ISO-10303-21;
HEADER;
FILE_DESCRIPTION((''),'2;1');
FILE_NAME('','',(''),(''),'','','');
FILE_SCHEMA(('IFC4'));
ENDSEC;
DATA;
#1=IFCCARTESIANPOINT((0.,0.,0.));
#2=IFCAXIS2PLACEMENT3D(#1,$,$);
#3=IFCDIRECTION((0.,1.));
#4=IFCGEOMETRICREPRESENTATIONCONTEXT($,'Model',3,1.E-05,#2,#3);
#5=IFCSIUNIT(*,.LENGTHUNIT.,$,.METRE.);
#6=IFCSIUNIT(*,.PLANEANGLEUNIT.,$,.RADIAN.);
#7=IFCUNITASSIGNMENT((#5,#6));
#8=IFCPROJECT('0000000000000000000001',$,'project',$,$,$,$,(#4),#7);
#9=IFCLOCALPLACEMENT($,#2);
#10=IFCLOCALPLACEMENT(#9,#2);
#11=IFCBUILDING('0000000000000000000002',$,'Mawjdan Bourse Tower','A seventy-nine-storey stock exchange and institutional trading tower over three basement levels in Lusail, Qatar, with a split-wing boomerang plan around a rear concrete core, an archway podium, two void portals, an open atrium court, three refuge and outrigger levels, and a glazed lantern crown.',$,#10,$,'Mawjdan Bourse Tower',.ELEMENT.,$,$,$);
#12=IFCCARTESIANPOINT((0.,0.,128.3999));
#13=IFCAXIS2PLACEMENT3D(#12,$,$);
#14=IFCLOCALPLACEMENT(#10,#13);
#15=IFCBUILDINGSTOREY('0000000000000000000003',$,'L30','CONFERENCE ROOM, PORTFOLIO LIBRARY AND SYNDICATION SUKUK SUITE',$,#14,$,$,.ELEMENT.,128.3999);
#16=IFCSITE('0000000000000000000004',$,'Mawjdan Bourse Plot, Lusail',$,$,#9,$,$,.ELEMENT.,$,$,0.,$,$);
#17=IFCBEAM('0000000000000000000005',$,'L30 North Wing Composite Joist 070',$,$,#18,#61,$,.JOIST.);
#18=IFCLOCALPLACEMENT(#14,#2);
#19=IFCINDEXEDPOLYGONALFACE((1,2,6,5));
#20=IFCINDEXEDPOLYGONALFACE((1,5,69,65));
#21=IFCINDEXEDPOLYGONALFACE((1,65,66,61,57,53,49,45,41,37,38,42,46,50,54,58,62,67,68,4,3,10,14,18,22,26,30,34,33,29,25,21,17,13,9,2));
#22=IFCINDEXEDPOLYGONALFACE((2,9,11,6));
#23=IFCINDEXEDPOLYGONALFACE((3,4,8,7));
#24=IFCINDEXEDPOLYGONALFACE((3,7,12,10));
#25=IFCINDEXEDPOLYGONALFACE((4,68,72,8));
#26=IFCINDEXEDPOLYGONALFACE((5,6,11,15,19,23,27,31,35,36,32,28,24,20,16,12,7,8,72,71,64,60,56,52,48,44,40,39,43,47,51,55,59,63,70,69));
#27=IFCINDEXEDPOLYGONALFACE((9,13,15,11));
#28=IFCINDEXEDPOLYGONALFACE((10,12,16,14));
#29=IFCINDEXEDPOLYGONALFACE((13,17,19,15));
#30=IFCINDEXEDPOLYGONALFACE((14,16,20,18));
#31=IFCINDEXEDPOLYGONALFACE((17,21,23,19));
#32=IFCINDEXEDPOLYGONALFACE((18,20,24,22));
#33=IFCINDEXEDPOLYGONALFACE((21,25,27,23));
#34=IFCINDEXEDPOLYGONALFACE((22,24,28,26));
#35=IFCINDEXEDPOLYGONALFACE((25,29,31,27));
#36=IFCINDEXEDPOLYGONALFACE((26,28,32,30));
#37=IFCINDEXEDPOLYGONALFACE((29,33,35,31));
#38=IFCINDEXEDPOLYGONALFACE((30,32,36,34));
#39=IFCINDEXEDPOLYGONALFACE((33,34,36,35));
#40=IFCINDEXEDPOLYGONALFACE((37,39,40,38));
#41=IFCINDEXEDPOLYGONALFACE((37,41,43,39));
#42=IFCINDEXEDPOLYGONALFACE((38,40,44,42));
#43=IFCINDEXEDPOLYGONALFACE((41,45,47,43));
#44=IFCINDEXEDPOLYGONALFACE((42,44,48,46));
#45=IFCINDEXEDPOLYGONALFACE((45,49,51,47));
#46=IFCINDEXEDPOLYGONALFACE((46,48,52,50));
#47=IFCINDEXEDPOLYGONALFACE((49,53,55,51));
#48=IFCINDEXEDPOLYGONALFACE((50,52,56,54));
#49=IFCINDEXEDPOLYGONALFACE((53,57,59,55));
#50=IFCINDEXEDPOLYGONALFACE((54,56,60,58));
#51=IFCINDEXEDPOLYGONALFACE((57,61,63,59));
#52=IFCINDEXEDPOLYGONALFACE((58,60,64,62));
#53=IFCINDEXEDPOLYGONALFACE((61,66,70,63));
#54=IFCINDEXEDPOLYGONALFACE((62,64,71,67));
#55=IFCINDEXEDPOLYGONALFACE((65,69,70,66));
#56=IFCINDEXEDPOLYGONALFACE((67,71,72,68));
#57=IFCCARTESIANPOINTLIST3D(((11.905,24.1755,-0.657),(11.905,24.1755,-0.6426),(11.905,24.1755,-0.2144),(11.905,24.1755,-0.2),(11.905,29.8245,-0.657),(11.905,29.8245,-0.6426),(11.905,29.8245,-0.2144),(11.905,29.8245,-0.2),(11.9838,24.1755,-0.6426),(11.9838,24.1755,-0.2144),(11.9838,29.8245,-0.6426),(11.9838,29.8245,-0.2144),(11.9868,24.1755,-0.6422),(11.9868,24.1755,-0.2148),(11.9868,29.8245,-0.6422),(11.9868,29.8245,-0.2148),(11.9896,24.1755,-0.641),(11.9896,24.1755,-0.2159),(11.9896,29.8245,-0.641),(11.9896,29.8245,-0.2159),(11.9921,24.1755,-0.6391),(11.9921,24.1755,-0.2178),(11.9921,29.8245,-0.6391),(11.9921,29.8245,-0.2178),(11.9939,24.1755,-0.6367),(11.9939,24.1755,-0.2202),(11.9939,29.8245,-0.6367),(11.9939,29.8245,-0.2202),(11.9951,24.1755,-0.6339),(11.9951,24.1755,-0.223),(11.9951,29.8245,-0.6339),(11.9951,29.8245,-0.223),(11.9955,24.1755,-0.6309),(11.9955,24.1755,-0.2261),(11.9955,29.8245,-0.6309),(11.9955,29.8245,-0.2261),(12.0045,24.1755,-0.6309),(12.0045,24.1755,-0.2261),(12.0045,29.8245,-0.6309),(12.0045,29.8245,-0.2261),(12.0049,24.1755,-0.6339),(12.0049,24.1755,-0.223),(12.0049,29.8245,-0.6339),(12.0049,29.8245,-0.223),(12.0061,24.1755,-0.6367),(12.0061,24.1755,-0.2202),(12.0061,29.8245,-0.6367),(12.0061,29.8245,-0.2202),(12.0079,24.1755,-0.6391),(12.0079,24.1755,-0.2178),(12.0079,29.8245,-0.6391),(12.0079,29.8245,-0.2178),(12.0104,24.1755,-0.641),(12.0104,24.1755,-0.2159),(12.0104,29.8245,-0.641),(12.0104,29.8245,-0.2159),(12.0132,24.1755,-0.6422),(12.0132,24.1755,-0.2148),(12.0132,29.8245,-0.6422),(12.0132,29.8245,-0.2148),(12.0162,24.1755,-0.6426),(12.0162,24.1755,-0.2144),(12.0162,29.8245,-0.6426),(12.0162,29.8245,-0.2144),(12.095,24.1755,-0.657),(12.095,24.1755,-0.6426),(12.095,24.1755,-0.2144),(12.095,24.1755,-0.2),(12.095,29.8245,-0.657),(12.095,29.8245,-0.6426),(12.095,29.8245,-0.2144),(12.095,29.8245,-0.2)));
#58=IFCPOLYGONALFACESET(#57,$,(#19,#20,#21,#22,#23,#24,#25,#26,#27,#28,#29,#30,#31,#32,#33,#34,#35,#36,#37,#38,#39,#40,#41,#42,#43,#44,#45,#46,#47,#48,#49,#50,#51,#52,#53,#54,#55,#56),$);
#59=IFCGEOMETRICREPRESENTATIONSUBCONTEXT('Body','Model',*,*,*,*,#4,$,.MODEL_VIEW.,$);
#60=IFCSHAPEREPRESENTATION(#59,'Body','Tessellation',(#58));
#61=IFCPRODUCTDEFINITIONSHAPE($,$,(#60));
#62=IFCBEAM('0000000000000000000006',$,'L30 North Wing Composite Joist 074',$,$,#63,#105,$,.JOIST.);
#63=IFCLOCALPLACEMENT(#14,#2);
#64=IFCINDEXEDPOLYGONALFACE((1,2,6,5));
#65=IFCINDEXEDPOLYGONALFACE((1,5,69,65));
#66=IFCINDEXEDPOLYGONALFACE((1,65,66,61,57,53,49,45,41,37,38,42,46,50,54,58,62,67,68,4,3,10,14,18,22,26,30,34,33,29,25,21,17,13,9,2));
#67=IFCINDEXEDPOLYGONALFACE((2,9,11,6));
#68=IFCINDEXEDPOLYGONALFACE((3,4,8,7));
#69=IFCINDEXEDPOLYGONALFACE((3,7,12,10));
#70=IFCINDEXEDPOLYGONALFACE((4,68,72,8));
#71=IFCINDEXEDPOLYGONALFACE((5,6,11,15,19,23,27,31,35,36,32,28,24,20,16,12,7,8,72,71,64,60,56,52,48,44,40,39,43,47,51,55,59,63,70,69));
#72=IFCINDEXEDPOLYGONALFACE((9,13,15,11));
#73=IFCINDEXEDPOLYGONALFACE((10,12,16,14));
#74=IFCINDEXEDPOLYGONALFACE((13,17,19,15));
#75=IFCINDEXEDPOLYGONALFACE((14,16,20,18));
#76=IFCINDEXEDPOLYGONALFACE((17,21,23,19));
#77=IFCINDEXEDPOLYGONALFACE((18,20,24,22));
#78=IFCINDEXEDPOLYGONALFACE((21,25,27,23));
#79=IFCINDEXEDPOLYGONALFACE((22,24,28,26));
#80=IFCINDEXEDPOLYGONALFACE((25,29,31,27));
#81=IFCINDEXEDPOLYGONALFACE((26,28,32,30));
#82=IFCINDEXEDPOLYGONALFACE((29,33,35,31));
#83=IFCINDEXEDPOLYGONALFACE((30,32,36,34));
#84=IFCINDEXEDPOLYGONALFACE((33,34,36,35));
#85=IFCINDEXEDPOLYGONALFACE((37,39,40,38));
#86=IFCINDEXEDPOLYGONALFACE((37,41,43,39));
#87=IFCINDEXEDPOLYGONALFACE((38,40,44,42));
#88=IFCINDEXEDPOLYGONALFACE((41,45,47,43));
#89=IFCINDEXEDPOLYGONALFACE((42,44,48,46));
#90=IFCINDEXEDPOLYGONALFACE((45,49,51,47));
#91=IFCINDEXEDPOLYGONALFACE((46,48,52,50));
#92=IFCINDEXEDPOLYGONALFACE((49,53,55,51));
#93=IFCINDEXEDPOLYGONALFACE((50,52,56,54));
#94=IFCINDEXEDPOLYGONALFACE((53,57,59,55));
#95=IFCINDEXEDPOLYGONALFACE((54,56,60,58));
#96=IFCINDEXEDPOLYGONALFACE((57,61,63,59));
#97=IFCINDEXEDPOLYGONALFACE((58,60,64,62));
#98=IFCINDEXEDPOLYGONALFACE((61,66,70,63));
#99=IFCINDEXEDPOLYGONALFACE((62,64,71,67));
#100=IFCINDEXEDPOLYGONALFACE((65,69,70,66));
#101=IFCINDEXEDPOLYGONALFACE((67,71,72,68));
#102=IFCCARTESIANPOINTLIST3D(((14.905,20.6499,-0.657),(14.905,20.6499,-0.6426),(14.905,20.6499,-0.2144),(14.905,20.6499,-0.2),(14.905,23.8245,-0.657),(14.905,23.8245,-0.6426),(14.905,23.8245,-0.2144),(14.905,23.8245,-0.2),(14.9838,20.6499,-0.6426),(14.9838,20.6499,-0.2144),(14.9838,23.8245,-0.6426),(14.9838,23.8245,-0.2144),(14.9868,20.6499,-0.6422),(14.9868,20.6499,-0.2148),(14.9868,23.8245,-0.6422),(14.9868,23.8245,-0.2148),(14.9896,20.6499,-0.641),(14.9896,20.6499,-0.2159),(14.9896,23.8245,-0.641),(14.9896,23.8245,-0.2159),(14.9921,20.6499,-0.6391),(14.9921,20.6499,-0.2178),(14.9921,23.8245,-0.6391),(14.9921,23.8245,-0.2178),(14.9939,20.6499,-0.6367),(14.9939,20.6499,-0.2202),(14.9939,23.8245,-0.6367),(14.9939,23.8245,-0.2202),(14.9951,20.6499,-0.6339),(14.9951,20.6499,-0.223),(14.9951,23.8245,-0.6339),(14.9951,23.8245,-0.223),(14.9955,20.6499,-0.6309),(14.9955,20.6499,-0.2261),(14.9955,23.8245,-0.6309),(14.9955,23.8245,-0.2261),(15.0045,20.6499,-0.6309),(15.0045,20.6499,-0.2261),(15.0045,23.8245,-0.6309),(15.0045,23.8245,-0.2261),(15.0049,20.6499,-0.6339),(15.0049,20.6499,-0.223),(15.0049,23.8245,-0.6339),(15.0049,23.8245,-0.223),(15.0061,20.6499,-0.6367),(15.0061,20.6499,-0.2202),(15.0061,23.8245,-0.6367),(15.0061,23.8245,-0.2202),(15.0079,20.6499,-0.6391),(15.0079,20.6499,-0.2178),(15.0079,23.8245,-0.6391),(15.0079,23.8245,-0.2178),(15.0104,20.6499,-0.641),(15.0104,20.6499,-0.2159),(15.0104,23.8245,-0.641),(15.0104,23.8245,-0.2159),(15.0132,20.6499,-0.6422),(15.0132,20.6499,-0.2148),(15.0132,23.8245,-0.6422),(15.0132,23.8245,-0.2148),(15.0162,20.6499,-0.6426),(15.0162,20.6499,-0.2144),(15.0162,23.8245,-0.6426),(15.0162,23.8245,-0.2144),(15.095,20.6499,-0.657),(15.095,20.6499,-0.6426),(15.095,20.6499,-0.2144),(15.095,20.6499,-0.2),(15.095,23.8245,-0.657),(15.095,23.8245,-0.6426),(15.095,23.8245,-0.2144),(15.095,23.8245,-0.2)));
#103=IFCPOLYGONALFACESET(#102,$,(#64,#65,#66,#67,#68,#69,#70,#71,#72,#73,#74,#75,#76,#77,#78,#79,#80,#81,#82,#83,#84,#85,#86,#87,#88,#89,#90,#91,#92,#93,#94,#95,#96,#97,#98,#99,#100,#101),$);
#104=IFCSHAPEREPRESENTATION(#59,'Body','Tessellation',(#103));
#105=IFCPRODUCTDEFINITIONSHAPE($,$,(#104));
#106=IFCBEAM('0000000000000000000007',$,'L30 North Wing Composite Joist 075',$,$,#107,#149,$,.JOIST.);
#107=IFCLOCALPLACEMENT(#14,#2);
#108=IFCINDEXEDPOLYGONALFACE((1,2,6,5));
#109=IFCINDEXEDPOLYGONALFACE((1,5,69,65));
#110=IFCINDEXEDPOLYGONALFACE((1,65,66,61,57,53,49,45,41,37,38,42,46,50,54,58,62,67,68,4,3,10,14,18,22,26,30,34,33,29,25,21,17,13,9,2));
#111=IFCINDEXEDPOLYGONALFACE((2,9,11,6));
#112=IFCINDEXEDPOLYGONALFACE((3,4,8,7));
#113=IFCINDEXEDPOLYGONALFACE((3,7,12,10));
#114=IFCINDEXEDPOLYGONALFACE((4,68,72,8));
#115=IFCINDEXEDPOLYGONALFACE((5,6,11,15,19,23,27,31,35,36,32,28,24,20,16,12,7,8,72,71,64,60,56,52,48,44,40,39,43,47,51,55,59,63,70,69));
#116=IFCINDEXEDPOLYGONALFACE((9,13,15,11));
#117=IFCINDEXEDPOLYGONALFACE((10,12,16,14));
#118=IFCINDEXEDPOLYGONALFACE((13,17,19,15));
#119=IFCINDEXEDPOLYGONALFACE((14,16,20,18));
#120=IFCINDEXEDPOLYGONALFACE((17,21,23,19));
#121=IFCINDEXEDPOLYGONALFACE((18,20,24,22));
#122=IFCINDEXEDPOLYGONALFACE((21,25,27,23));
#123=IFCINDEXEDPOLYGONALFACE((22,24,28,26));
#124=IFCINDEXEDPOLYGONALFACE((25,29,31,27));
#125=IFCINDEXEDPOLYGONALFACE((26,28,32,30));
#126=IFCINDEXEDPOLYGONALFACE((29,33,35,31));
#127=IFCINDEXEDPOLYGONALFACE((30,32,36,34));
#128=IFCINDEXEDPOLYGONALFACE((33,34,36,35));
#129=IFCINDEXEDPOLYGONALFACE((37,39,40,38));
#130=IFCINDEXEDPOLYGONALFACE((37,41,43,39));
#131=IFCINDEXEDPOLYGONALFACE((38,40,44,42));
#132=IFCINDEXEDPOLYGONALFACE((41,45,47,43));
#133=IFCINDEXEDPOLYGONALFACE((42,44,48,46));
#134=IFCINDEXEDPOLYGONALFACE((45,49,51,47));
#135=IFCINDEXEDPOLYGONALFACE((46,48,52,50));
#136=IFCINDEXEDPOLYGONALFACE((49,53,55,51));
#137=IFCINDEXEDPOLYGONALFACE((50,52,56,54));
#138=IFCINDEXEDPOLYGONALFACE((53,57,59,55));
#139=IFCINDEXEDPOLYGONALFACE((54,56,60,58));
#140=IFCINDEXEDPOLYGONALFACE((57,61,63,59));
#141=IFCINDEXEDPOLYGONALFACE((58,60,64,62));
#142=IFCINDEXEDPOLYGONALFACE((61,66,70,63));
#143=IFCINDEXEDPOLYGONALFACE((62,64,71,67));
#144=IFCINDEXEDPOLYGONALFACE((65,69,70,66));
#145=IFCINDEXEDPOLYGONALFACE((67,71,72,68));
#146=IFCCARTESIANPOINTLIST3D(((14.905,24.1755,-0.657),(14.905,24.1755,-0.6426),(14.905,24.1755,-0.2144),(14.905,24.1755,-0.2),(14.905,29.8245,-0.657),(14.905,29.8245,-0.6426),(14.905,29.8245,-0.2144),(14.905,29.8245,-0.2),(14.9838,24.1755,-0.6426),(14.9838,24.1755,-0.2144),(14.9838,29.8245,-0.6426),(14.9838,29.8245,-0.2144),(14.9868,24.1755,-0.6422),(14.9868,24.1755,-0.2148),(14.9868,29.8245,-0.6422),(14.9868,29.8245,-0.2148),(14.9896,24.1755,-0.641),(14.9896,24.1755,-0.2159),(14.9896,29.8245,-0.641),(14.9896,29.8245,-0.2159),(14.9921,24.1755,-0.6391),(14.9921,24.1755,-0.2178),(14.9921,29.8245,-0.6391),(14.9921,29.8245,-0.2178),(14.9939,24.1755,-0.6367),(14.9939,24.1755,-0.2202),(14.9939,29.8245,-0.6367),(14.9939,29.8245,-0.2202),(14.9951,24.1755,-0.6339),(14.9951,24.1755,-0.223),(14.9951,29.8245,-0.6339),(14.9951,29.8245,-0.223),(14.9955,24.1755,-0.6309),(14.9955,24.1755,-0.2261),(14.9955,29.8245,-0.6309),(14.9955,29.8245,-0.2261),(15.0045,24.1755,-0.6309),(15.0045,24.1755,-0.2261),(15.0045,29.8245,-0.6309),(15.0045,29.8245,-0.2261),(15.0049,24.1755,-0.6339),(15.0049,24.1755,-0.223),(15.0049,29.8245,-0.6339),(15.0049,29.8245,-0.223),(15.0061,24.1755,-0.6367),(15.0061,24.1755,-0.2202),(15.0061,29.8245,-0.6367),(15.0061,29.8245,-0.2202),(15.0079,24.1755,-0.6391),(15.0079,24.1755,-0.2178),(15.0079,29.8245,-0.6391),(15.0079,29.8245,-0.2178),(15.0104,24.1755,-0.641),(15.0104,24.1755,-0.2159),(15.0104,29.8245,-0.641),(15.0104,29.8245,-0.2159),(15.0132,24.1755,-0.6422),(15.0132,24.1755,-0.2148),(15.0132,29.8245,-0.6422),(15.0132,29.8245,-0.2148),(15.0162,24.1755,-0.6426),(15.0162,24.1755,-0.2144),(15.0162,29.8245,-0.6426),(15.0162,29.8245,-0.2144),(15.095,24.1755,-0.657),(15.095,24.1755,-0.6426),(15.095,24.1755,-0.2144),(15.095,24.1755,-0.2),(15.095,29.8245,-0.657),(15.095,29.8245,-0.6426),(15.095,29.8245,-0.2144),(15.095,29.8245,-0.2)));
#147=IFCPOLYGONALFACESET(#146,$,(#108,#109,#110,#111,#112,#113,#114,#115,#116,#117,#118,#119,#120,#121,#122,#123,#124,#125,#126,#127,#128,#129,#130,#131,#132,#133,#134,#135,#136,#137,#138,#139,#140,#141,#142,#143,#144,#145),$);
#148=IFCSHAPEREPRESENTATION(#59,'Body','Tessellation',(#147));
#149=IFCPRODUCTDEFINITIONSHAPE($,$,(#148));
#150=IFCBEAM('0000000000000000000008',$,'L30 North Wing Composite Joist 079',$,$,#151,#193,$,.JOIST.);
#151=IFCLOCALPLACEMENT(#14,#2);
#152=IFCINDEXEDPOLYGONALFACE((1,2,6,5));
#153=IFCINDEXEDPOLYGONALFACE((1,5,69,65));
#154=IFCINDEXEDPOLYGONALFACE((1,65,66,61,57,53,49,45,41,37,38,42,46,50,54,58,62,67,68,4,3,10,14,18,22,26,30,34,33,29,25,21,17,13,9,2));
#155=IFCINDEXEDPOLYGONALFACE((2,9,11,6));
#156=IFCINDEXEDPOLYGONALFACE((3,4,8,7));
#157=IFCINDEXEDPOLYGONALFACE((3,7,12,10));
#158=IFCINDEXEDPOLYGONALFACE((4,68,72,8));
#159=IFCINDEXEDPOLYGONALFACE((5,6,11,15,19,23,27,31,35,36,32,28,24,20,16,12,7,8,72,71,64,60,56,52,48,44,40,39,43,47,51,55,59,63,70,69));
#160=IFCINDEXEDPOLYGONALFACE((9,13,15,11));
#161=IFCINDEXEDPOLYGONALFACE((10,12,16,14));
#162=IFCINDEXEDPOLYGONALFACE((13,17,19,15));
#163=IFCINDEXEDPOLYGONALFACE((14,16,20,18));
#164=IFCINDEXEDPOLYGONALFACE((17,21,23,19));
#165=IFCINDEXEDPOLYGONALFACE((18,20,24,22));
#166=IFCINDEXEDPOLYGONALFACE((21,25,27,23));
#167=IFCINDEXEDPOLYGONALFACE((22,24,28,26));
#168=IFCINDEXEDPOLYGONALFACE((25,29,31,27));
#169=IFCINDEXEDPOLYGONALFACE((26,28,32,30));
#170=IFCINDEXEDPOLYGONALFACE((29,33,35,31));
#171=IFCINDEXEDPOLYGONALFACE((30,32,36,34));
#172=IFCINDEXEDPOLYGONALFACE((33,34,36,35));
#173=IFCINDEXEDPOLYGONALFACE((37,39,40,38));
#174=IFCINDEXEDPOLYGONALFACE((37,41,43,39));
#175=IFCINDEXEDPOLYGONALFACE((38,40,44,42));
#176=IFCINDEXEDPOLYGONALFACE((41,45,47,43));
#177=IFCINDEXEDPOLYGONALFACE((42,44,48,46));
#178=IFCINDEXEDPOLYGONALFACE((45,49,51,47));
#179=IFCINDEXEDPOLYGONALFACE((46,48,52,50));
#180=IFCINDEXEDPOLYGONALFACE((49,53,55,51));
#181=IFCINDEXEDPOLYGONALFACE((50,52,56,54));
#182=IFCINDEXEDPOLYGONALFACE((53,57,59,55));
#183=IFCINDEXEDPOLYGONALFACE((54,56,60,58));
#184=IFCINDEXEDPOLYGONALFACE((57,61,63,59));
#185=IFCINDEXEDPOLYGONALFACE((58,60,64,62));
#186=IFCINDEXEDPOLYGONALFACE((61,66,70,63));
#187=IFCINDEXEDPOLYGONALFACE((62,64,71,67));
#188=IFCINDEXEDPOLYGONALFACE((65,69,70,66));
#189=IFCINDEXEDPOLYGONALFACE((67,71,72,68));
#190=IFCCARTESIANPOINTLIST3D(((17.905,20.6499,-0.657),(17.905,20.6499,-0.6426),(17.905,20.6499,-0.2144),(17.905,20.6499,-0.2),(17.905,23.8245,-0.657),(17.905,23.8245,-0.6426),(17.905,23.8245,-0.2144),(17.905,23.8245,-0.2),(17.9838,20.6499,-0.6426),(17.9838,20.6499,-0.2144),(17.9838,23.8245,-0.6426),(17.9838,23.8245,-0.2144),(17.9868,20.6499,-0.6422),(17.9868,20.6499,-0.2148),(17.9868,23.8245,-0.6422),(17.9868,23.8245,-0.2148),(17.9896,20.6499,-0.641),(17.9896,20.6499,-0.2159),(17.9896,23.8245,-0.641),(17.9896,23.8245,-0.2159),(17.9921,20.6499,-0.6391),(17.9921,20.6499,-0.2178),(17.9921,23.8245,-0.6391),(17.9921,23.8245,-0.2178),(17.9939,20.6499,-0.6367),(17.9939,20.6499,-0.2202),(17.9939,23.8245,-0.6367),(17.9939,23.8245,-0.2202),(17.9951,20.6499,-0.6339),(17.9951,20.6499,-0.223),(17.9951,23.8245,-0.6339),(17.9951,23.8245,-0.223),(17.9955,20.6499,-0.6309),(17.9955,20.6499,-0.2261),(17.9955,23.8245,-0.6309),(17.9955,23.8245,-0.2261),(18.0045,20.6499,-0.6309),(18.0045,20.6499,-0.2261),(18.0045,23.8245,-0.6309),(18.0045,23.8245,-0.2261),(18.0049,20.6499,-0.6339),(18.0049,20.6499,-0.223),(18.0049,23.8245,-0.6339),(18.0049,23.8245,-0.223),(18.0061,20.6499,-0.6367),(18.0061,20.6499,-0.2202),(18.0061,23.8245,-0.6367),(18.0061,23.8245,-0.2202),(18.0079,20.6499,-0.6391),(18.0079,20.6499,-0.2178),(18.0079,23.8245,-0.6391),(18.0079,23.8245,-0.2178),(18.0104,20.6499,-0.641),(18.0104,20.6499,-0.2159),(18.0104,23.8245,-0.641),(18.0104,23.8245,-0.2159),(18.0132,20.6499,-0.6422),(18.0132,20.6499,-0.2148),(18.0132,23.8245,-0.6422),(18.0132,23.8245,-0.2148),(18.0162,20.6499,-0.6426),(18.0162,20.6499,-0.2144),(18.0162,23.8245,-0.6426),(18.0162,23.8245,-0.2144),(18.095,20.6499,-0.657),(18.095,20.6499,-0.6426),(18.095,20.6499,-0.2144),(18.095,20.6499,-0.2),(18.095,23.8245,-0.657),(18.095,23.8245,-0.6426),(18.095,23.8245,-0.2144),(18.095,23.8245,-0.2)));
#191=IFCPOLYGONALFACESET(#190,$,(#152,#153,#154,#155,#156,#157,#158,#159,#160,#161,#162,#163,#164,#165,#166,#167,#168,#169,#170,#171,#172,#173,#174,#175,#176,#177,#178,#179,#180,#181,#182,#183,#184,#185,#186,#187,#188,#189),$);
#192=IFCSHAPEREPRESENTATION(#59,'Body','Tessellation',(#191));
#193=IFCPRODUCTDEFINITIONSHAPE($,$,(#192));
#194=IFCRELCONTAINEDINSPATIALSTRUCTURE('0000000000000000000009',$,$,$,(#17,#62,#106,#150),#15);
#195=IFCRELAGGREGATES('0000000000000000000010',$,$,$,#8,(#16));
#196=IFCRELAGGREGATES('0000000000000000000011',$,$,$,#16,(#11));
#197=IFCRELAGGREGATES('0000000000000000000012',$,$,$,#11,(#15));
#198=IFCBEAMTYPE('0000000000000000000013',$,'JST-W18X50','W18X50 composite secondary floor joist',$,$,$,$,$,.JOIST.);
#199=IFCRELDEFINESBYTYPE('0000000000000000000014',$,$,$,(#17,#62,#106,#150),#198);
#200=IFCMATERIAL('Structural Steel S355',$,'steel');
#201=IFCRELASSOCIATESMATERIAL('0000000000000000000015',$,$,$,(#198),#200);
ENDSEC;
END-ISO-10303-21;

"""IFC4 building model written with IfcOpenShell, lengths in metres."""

from ifc_helpers import new_model, si_unit, direction, frame, origin, origin_2d, place, context, subcontext, project, spatial, i_section, extrude, material, material_profile, profile_set, type_object, element, save


model = new_model("IFC4")

# Units and contexts
model_context = context("Model", 3, precision=1e-05, world=origin(), true_north=direction((0.0, 1.0)))
body_context = subcontext(model_context, "Body", "Model", "MODEL_VIEW")
ifc_project = project(units=[si_unit("LENGTHUNIT", "METRE"), si_unit("PLANEANGLEUNIT", "RADIAN")], contexts=[model_context])

# Site, building, storey
site_placement = place(None, origin())
site = spatial("IfcSite", under=ifc_project, at=site_placement, Name="Mawjdan Bourse Plot, Lusail", CompositionType="ELEMENT", RefElevation=0.0)
building_placement = place(site_placement, origin())
building = spatial("IfcBuilding", under=site, at=building_placement, Name="Mawjdan Bourse Tower", Description="A seventy-nine-storey stock exchange and institutional trading tower over three basement levels in Lusail, Qatar, with a split-wing boomerang plan around a rear concrete core, an archway podium, two void portals, an open atrium court, three refuge and outrigger levels, and a glazed lantern crown.", LongName="Mawjdan Bourse Tower", CompositionType="ELEMENT")
storey_placement = place(building_placement, frame((0.0, 0.0, 128.3999)))
storey = spatial("IfcBuildingStorey", under=building, at=storey_placement, Name="L30", Description="CONFERENCE ROOM, PORTFOLIO LIBRARY AND SYNDICATION SUKUK SUITE", CompositionType="ELEMENT", Elevation=128.3999)

# Beams
ifc_material_1 = material(Name="Structural Steel S355", Category="steel")
ifc_material_profile_1 = material_profile(ifc_material_1, i_section(OverallWidth=0.1899, OverallDepth=0.457, WebThickness=0.009, FlangeThickness=0.0144, FilletRadius=0.0117, at=origin_2d()), Name="W18X50")
ifc_profile_set_1 = profile_set([ifc_material_profile_1], Name="Structural Steel S355")
beam_type_1 = type_object("IfcBeamType", Name="JST-W18X50", Description="W18X50 composite secondary floor joist", PredefinedType="JOIST", material=ifc_profile_set_1)
beam_1_placement = place(storey_placement, frame((12.0, 24.1755, -0.4285), z_axis=(0.0, 1.0, 0.0), x_axis=(-1.0, 0.0, 0.0)))
element("IfcBeam", 1, at=beam_1_placement, inside=storey, type_object=beam_type_1, Name="L30 North Wing Composite Joist 070", PredefinedType="JOIST", context=body_context, shape_type="SweptSolid", body=[
    extrude(i_section(OverallWidth=0.1899, OverallDepth=0.457, WebThickness=0.009, FlangeThickness=0.0144, FilletRadius=0.0117, at=origin_2d()), origin(), (0.0, 0.0, 1.0), 5.6489),
])
beam_2_placement = place(storey_placement, frame((15.0, 20.6499, -0.4285), z_axis=(0.0, 1.0, 0.0), x_axis=(-1.0, 0.0, 0.0)))
element("IfcBeam", 2, at=beam_2_placement, inside=storey, type_object=beam_type_1, Name="L30 North Wing Composite Joist 074", PredefinedType="JOIST", context=body_context, shape_type="SweptSolid", body=[
    extrude(i_section(OverallWidth=0.1899, OverallDepth=0.457, WebThickness=0.009, FlangeThickness=0.0144, FilletRadius=0.0117, at=origin_2d()), origin(), (0.0, 0.0, 1.0), 3.1746),
])
beam_3_placement = place(storey_placement, frame((15.0, 24.1755, -0.4285), z_axis=(0.0, 1.0, 0.0), x_axis=(-1.0, 0.0, 0.0)))
element("IfcBeam", 3, at=beam_3_placement, inside=storey, type_object=beam_type_1, Name="L30 North Wing Composite Joist 075", PredefinedType="JOIST", context=body_context, shape_type="SweptSolid", body=[
    extrude(i_section(OverallWidth=0.1899, OverallDepth=0.457, WebThickness=0.009, FlangeThickness=0.0144, FilletRadius=0.0117, at=origin_2d()), origin(), (0.0, 0.0, 1.0), 5.6489),
])
beam_4_placement = place(storey_placement, frame((18.0, 20.6499, -0.4285), z_axis=(0.0, 1.0, 0.0), x_axis=(-1.0, 0.0, 0.0)))
element("IfcBeam", 4, at=beam_4_placement, inside=storey, type_object=beam_type_1, Name="L30 North Wing Composite Joist 079", PredefinedType="JOIST", context=body_context, shape_type="SweptSolid", body=[
    extrude(i_section(OverallWidth=0.1899, OverallDepth=0.457, WebThickness=0.009, FlangeThickness=0.0144, FilletRadius=0.0117, at=origin_2d()), origin(), (0.0, 0.0, 1.0), 3.1746),
])

save(model, "model.ifc")
